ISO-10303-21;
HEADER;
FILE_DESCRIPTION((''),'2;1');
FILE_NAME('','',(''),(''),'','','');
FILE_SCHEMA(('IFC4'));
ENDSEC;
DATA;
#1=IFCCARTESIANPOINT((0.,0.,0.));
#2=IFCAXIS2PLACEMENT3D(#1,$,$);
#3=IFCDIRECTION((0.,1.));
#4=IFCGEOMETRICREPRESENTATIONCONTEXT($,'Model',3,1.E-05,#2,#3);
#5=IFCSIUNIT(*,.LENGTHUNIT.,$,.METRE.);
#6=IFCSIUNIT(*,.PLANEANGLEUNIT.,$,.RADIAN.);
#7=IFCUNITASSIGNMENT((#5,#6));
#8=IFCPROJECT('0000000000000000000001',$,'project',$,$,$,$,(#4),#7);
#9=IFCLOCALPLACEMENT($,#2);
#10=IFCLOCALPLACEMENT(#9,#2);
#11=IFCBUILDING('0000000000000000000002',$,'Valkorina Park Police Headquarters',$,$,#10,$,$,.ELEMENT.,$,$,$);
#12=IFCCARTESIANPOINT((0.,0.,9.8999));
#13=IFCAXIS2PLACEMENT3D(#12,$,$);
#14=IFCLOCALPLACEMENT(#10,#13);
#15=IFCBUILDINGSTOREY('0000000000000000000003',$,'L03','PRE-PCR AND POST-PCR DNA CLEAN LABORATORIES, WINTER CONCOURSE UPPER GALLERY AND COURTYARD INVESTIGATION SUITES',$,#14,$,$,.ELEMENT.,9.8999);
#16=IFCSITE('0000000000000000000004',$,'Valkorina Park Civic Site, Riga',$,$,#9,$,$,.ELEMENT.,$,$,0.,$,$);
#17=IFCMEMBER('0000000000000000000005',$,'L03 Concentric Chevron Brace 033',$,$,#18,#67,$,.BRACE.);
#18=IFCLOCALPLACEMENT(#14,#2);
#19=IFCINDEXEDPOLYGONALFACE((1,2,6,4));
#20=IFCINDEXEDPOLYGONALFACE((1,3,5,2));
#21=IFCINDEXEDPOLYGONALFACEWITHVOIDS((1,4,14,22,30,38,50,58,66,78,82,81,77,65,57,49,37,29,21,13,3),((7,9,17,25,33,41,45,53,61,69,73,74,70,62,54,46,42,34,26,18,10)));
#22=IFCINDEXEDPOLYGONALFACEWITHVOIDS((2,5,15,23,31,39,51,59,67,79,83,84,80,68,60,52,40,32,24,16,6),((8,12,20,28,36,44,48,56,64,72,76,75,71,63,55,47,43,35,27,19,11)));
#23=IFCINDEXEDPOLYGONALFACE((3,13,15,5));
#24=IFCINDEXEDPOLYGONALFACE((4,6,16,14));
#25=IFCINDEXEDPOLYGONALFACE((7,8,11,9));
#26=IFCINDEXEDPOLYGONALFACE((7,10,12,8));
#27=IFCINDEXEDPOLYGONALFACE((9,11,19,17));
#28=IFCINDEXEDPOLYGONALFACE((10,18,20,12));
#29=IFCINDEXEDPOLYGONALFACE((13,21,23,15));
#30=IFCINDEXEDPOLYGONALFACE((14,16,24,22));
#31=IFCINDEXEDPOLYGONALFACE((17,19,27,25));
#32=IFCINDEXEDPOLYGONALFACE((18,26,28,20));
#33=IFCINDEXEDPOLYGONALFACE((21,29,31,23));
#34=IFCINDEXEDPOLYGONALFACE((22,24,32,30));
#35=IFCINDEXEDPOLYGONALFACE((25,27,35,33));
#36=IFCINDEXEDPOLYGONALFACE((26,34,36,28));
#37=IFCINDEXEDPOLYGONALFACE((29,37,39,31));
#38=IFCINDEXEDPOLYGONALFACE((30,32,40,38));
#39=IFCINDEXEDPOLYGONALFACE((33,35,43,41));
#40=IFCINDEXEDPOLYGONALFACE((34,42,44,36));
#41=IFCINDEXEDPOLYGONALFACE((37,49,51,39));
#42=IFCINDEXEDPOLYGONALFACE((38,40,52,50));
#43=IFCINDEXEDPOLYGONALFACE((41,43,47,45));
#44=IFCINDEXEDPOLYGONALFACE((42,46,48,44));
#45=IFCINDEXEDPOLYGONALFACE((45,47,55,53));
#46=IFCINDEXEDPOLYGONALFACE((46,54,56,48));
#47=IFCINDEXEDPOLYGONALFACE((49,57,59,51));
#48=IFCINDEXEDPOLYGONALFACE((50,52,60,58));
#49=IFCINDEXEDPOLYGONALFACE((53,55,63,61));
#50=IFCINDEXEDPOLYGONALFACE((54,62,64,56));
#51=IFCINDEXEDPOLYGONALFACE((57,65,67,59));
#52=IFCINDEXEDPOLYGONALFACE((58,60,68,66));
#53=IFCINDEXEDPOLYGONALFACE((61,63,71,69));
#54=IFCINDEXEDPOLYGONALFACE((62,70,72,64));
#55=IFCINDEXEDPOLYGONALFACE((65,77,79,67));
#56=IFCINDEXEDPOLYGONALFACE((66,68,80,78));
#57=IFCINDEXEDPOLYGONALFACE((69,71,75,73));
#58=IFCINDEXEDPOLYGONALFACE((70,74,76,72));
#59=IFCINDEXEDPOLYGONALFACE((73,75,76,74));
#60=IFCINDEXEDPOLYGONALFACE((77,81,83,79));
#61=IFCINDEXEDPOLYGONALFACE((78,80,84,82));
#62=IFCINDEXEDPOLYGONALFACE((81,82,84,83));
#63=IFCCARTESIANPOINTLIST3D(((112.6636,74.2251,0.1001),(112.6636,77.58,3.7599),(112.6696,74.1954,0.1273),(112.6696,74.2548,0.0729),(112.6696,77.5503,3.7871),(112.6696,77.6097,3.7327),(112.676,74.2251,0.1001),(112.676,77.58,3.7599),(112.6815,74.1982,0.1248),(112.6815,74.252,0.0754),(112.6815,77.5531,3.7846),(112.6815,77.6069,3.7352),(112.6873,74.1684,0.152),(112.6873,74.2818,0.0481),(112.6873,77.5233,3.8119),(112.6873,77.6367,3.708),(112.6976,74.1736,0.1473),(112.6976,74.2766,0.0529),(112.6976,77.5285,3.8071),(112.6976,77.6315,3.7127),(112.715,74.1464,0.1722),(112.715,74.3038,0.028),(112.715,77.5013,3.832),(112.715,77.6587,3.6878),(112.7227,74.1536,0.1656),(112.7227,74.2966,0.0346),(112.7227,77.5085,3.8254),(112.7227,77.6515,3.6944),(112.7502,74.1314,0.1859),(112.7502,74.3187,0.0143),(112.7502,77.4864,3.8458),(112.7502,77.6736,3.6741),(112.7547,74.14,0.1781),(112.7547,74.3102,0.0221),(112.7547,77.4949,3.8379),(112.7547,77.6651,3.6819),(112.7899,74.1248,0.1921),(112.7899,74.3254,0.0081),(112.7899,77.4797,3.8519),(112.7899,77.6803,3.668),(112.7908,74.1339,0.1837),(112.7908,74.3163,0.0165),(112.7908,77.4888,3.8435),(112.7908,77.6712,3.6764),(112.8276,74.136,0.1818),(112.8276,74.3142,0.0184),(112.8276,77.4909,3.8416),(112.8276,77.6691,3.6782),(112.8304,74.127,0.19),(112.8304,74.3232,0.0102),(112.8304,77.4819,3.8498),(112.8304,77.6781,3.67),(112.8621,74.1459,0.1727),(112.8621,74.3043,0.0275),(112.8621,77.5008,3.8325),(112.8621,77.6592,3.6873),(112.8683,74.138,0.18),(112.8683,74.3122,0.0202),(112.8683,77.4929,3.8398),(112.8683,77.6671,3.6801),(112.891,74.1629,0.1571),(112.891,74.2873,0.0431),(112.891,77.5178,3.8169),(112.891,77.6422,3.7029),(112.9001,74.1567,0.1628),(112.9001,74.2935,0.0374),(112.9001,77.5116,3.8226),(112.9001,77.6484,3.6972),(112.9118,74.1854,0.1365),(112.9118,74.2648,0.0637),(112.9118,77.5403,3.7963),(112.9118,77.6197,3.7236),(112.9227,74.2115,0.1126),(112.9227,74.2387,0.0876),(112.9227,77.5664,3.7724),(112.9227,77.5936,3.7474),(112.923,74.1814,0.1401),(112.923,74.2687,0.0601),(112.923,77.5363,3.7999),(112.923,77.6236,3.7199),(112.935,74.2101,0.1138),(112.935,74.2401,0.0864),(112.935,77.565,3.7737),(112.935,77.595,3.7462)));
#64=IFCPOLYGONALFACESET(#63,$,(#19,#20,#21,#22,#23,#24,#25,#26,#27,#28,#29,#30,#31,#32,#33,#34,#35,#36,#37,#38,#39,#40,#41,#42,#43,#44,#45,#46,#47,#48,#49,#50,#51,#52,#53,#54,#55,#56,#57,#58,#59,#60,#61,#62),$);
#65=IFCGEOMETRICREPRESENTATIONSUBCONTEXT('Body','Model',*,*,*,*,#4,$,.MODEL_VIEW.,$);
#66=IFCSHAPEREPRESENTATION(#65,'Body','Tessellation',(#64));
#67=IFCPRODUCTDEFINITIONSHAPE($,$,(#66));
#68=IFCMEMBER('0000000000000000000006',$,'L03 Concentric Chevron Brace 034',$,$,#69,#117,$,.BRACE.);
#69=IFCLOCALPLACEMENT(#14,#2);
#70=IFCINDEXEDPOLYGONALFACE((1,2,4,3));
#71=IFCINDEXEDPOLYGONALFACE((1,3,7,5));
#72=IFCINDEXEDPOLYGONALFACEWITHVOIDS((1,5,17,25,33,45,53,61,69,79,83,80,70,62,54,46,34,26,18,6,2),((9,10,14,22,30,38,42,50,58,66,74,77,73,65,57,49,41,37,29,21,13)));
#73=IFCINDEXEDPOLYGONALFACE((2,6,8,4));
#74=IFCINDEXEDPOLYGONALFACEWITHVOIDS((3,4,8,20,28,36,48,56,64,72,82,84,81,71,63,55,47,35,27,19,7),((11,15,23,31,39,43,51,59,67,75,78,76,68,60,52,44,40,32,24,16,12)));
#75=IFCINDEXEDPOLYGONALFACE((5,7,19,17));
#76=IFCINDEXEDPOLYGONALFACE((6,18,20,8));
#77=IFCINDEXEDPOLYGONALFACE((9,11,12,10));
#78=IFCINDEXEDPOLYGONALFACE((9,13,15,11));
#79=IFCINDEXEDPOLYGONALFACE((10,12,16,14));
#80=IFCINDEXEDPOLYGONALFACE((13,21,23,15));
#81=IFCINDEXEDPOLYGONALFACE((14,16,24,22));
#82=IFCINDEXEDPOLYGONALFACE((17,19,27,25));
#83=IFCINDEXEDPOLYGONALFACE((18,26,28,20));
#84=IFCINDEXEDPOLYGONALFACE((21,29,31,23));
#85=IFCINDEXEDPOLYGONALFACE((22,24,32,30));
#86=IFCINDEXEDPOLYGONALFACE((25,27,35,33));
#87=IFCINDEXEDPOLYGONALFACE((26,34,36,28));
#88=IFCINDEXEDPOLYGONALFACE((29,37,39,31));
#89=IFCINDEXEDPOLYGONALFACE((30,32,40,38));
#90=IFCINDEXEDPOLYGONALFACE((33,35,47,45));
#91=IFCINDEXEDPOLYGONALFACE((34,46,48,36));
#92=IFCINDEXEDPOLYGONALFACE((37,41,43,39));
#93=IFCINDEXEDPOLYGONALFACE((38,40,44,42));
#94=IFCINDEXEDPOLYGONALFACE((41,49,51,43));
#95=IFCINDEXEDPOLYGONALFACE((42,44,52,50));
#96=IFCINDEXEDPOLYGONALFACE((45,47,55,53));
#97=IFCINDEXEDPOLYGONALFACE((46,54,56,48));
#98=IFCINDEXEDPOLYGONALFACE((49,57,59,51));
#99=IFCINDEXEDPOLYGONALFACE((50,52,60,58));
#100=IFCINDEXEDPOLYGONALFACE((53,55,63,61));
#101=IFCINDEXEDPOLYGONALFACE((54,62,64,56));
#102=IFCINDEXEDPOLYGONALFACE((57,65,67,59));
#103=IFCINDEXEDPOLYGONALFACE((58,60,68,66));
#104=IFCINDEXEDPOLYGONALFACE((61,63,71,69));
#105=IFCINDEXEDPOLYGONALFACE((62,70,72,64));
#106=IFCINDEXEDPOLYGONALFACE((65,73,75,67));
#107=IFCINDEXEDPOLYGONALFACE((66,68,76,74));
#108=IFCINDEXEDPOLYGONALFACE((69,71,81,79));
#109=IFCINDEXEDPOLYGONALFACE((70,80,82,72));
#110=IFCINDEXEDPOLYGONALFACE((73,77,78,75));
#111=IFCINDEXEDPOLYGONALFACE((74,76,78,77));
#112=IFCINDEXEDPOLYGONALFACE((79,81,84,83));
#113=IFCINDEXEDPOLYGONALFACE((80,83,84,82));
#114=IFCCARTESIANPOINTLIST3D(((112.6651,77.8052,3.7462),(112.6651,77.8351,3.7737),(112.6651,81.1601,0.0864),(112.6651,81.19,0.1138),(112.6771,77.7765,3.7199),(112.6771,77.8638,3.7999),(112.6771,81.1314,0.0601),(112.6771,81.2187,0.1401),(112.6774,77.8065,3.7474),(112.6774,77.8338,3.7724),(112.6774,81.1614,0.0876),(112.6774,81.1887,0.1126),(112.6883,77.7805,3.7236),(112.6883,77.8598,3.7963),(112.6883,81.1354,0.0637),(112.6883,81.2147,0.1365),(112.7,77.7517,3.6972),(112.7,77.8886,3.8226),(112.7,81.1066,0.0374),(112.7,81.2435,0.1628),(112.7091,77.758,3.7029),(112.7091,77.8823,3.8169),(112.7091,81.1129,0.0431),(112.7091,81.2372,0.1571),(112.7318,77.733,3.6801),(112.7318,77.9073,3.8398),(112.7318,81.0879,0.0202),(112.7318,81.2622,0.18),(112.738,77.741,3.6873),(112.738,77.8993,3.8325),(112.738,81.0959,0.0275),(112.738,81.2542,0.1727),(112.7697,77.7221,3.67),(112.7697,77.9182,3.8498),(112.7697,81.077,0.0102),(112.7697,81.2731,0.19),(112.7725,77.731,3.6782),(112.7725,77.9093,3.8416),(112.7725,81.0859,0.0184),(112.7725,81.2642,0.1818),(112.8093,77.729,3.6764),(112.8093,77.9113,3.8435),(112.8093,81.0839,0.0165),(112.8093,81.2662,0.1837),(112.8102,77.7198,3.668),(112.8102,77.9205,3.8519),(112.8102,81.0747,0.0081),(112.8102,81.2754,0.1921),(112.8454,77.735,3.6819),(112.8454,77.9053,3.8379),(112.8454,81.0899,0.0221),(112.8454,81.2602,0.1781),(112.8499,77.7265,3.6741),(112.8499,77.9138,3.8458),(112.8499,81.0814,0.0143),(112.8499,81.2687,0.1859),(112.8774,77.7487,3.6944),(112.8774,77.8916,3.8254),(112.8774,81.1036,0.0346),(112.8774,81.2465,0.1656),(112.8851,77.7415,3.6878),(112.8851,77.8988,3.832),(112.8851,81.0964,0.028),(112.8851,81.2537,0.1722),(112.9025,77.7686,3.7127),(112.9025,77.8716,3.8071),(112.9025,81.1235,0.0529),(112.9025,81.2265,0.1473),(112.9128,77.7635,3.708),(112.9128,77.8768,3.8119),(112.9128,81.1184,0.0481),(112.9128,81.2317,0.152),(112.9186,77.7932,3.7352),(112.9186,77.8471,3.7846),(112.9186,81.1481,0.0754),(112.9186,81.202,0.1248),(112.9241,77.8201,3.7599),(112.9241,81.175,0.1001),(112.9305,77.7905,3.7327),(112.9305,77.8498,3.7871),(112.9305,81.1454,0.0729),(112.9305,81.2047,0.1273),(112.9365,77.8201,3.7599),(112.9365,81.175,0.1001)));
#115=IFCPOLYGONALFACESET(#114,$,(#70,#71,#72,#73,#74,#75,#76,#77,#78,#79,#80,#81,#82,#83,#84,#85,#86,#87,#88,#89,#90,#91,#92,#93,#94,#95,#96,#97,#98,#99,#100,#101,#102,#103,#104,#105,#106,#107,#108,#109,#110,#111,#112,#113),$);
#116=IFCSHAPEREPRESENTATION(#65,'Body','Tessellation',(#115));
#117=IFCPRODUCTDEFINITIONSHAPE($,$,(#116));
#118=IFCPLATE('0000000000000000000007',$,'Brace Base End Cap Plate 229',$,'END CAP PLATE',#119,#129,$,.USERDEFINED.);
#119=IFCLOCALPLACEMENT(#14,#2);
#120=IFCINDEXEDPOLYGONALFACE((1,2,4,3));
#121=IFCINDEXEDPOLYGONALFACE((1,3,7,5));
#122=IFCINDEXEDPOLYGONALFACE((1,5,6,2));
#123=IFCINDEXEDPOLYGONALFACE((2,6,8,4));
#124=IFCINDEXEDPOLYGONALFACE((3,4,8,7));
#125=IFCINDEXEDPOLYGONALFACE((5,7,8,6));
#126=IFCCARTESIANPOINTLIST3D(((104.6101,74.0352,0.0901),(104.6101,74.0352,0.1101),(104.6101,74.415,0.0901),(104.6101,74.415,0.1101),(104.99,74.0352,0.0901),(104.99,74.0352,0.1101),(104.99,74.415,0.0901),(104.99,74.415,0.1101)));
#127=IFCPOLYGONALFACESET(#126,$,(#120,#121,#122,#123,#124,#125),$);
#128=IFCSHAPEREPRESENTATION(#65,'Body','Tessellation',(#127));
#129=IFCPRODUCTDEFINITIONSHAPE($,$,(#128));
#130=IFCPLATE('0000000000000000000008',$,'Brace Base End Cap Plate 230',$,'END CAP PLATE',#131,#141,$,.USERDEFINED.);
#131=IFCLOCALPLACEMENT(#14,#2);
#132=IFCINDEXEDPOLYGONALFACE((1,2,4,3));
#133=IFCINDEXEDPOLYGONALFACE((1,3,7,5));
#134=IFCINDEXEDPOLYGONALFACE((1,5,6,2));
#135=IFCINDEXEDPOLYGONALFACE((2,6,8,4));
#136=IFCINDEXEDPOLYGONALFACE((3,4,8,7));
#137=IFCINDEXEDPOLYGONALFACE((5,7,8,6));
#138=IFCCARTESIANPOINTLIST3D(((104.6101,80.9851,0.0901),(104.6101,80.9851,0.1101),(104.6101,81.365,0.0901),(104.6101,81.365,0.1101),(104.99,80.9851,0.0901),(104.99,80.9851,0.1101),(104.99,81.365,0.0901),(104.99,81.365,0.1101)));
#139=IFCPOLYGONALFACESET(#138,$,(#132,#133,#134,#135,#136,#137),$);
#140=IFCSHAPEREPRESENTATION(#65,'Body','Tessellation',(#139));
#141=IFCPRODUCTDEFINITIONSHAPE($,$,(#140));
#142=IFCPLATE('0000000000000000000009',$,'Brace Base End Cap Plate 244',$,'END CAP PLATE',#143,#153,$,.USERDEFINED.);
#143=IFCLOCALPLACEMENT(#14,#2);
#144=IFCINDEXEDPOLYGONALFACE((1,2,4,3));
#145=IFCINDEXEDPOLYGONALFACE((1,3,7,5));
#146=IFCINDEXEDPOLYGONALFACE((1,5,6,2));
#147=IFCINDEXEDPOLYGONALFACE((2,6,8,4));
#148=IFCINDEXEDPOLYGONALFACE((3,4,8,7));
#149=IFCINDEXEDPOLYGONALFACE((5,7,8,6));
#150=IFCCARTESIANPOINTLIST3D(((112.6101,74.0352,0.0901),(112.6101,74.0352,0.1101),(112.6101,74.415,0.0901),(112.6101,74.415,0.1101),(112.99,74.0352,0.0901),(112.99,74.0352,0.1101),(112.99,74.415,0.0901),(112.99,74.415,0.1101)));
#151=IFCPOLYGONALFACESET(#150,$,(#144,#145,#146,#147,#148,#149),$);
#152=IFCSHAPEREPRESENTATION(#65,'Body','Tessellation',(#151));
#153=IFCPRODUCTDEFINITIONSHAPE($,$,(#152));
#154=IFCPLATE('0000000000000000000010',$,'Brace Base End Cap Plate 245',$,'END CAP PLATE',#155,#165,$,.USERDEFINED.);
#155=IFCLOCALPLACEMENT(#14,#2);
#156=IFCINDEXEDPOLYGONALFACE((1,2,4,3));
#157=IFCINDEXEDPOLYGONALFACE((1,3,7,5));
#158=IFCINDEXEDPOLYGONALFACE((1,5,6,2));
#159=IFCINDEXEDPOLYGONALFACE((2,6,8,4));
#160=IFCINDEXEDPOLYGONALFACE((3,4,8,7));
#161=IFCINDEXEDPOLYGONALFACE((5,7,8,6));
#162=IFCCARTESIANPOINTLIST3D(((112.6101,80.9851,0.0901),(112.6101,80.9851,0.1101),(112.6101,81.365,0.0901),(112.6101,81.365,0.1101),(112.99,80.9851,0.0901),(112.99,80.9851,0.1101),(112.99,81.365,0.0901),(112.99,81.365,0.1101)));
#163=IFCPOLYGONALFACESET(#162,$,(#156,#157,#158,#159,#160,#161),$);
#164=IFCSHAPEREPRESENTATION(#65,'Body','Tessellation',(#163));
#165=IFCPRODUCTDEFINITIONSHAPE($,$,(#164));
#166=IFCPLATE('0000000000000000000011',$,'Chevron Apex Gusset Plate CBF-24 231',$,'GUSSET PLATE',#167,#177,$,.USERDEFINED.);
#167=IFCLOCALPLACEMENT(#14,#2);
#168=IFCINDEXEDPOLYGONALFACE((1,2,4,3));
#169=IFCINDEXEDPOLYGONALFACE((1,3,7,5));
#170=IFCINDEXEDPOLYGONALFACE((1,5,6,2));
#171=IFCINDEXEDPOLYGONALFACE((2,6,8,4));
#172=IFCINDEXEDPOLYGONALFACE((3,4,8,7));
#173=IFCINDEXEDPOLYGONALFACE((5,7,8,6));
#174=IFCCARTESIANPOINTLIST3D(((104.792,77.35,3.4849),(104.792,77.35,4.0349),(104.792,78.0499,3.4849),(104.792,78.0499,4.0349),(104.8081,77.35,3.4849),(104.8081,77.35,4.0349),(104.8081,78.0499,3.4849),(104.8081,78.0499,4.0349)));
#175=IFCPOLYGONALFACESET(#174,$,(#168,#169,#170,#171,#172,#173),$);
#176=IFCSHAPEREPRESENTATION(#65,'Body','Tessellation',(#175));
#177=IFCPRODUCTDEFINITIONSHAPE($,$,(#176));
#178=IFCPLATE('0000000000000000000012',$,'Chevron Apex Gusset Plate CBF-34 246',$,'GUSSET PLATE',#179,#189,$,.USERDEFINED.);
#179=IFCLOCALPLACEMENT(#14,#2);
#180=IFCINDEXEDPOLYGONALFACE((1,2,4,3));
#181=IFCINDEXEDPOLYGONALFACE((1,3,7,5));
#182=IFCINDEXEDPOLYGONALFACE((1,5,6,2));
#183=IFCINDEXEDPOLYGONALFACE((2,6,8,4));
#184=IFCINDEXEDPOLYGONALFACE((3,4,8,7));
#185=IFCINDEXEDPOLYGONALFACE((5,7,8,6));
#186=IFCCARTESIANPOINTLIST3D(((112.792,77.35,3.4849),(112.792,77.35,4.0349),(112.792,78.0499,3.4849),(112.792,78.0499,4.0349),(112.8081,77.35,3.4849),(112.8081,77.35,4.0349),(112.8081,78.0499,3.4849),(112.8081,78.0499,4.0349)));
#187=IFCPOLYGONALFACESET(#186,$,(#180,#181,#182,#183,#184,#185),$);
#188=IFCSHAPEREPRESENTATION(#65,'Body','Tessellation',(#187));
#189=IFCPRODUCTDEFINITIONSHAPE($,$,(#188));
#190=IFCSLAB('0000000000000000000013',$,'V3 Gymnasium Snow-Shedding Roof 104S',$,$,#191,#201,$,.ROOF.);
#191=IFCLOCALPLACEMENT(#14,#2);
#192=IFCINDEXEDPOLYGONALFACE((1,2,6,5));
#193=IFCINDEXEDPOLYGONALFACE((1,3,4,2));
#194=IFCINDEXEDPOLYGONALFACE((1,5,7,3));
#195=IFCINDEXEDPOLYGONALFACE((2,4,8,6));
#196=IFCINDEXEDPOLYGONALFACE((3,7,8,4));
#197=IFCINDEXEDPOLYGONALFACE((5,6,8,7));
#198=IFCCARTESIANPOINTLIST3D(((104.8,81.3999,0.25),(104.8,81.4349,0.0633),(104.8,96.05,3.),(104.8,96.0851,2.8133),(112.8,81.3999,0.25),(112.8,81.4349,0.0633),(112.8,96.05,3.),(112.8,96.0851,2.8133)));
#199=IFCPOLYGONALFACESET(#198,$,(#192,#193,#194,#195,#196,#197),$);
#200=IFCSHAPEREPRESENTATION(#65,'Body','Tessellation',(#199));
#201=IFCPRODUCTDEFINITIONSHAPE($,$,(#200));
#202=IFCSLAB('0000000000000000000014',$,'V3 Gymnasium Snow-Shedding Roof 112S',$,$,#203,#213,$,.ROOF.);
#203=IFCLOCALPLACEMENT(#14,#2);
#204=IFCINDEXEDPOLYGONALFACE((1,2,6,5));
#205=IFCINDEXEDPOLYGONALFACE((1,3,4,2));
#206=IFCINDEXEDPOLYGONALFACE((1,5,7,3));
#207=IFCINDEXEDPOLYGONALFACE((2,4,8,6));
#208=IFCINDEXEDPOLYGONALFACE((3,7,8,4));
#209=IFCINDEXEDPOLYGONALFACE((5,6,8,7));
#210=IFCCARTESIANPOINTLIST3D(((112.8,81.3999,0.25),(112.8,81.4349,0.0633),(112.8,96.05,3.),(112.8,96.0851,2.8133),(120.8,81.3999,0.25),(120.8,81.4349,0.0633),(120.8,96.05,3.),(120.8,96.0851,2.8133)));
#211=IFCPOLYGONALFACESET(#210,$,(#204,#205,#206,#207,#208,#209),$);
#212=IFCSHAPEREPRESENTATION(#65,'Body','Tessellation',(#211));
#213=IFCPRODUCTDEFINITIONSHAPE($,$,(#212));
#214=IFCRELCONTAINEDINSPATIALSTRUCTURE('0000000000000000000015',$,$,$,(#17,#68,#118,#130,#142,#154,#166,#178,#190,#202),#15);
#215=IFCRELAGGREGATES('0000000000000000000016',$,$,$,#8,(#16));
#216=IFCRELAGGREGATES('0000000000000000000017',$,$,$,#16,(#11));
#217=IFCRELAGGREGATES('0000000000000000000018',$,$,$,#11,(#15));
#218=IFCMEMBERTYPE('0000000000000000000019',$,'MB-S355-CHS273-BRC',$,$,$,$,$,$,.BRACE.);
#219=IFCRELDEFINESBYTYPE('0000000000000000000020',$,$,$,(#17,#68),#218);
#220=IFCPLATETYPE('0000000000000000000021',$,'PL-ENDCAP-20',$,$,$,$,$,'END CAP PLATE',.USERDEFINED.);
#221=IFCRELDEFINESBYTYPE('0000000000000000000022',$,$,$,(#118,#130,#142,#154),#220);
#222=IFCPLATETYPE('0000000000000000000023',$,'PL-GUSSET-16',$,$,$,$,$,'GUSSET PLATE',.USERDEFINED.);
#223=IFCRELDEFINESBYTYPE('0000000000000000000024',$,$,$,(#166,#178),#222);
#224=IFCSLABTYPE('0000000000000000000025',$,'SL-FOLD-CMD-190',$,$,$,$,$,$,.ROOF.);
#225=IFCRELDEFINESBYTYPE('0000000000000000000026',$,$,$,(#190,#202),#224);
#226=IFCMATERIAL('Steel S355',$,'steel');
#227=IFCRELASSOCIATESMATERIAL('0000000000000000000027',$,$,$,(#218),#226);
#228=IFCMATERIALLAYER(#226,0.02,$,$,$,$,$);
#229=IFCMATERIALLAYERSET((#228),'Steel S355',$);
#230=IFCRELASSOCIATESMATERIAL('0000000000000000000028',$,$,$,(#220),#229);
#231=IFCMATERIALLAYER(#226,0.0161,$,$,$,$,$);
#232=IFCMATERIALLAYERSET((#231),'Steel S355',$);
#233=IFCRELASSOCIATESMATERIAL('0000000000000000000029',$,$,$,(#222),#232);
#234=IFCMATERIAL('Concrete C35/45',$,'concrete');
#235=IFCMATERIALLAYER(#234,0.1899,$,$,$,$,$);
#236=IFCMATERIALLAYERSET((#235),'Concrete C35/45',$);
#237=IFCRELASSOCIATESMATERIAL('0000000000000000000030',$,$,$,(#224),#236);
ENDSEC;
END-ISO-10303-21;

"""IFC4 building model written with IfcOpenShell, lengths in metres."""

from ifc_helpers import new_model, si_unit, direction, frame, origin, origin_2d, place, context, subcontext, project, spatial, polyline, rectangle, hollow_circle, outline, extrude, material, layer, layer_set, material_profile, profile_set, type_object, element, save


model = new_model("IFC4")

# Units and contexts
model_context = context("Model", 3, precision=1e-05, world=origin(), true_north=direction((0.0, 1.0)))
body_context = subcontext(model_context, "Body", "Model", "MODEL_VIEW")
ifc_project = project(units=[si_unit("LENGTHUNIT", "METRE"), si_unit("PLANEANGLEUNIT", "RADIAN")], contexts=[model_context])

# Site, building, storey
site_placement = place(None, origin())
site = spatial("IfcSite", under=ifc_project, at=site_placement, Name="Valkorina Park Civic Site, Riga", CompositionType="ELEMENT", RefElevation=0.0)
building_placement = place(site_placement, origin())
building = spatial("IfcBuilding", under=site, at=building_placement, Name="Valkorina Park Police Headquarters", CompositionType="ELEMENT")
storey_placement = place(building_placement, frame((0.0, 0.0, 9.8999)))
storey = spatial("IfcBuildingStorey", under=building, at=storey_placement, Name="L03", Description="PRE-PCR AND POST-PCR DNA CLEAN LABORATORIES, WINTER CONCOURSE UPPER GALLERY AND COURTYARD INVESTIGATION SUITES", CompositionType="ELEMENT", Elevation=9.8999)

# Shared definitions
ifc_material_1 = material(Name="Steel S355", Category="steel")

# Members
ifc_material_profile_1 = material_profile(ifc_material_1, hollow_circle(Radius=0.1365, WallThickness=0.0125, at=origin_2d()), Name="CHS 273x12.5")
ifc_profile_set_1 = profile_set([ifc_material_profile_1], Name="Steel S355")
member_type = type_object("IfcMemberType", Name="MB-S355-CHS273-BRC", PredefinedType="BRACE", material=ifc_profile_set_1)
for number, where, z_axis, x_axis, name in (
    (1, (112.8, 74.2251, 0.1001), (0.0, 0.675731, 0.737148), (-1.0, 0.0, 0.0), "L03 Concentric Chevron Brace 033"),
    (2, (112.8, 81.175, 0.1001), (0.0, -0.675731, 0.737148), (1.0, 0.0, 0.0), "L03 Concentric Chevron Brace 034"),
):
    element("IfcMember", number, at=place(storey_placement, frame(where, z_axis=z_axis, x_axis=x_axis)), inside=storey, type_object=member_type, Name=name, PredefinedType="BRACE", context=body_context, shape_type="SweptSolid", body=[
        extrude(hollow_circle(Radius=0.1365, WallThickness=0.0125, at=origin_2d()), origin(), (0.0, 0.0, 1.0), 4.9648),
    ])

# Plates
ifc_layer_1 = layer(ifc_material_1, 0.02)
ifc_layer_set_1 = layer_set([ifc_layer_1], Name="Steel S355")
plate_type_1 = type_object("IfcPlateType", Name="PL-ENDCAP-20", ElementType="END CAP PLATE", PredefinedType="USERDEFINED", material=ifc_layer_set_1)
for number, where, z_axis, x_axis, name in (
    (3, (104.8, 74.2251, 0.0901), (0.0, 0.0, 1.0), (1.0, 0.0, 0.0), "Brace Base End Cap Plate 229"),
    (4, (104.8, 81.175, 0.0901), (0.0, 0.0, 1.0), (1.0, 0.0, 0.0), "Brace Base End Cap Plate 230"),
    (5, (112.8, 74.2251, 0.0901), (0.0, 0.0, 1.0), (1.0, 0.0, 0.0), "Brace Base End Cap Plate 244"),
    (6, (112.8, 81.175, 0.0901), (0.0, 0.0, 1.0), (1.0, 0.0, 0.0), "Brace Base End Cap Plate 245"),
):
    element("IfcPlate", number, at=place(storey_placement, frame(where, z_axis=z_axis, x_axis=x_axis)), inside=storey, type_object=plate_type_1, Name=name, ObjectType="END CAP PLATE", PredefinedType="USERDEFINED", context=body_context, shape_type="SweptSolid", body=[
        extrude(rectangle(XDim=0.3799, YDim=0.3799, at=origin_2d()), origin(), (0.0, 0.0, 1.0), 0.02),
    ])
ifc_layer_2 = layer(ifc_material_1, 0.0161)
ifc_layer_set_2 = layer_set([ifc_layer_2], Name="Steel S355")
plate_type_2 = type_object("IfcPlateType", Name="PL-GUSSET-16", ElementType="GUSSET PLATE", PredefinedType="USERDEFINED", material=ifc_layer_set_2)
for number, where, z_axis, x_axis, name in (
    (7, (104.8, 77.7, 3.4849), (0.0, 0.0, 1.0), (1.0, 0.0, 0.0), "Chevron Apex Gusset Plate CBF-24 231"),
    (8, (112.8, 77.7, 3.4849), (0.0, 0.0, 1.0), (1.0, 0.0, 0.0), "Chevron Apex Gusset Plate CBF-34 246"),
):
    element("IfcPlate", number, at=place(storey_placement, frame(where, z_axis=z_axis, x_axis=x_axis)), inside=storey, type_object=plate_type_2, Name=name, ObjectType="GUSSET PLATE", PredefinedType="USERDEFINED", context=body_context, shape_type="SweptSolid", body=[
        extrude(rectangle(XDim=0.0161, YDim=0.7, at=origin_2d()), origin(), (0.0, 0.0, 1.0), 0.55),
    ])

# Slabs
ifc_material_2 = material(Name="Concrete C35/45", Category="concrete")
ifc_layer_3 = layer(ifc_material_2, 0.1899)
ifc_layer_set_3 = layer_set([ifc_layer_3], Name="Concrete C35/45")
slab_type = type_object("IfcSlabType", Name="SL-FOLD-CMD-190", PredefinedType="ROOF", material=ifc_layer_set_3)
for number, where, z_axis, x_axis, name in (
    (9, (104.8, 81.3999, 0.25), (0.0, -0.184489, 0.982835), (1.0, 0.0, 0.0), "V3 Gymnasium Snow-Shedding Roof 104S"),
    (10, (112.8, 81.3999, 0.25), (0.0, -0.184489, 0.982835), (1.0, 0.0, 0.0), "V3 Gymnasium Snow-Shedding Roof 112S"),
):
    element("IfcSlab", number, at=place(storey_placement, frame(where, z_axis=z_axis, x_axis=x_axis)), inside=storey, type_object=slab_type, Name=name, PredefinedType="ROOF", context=body_context, shape_type="SweptSolid", body=[
        extrude(outline(polyline([(0.0, 0.0), (8.0, 0.0), (8.0, 14.906), (0.0, 14.906), (0.0, 0.0)])), origin(), (0.0, 0.0, -1.0), 0.1899),
    ])

save(model, "model.ifc")
